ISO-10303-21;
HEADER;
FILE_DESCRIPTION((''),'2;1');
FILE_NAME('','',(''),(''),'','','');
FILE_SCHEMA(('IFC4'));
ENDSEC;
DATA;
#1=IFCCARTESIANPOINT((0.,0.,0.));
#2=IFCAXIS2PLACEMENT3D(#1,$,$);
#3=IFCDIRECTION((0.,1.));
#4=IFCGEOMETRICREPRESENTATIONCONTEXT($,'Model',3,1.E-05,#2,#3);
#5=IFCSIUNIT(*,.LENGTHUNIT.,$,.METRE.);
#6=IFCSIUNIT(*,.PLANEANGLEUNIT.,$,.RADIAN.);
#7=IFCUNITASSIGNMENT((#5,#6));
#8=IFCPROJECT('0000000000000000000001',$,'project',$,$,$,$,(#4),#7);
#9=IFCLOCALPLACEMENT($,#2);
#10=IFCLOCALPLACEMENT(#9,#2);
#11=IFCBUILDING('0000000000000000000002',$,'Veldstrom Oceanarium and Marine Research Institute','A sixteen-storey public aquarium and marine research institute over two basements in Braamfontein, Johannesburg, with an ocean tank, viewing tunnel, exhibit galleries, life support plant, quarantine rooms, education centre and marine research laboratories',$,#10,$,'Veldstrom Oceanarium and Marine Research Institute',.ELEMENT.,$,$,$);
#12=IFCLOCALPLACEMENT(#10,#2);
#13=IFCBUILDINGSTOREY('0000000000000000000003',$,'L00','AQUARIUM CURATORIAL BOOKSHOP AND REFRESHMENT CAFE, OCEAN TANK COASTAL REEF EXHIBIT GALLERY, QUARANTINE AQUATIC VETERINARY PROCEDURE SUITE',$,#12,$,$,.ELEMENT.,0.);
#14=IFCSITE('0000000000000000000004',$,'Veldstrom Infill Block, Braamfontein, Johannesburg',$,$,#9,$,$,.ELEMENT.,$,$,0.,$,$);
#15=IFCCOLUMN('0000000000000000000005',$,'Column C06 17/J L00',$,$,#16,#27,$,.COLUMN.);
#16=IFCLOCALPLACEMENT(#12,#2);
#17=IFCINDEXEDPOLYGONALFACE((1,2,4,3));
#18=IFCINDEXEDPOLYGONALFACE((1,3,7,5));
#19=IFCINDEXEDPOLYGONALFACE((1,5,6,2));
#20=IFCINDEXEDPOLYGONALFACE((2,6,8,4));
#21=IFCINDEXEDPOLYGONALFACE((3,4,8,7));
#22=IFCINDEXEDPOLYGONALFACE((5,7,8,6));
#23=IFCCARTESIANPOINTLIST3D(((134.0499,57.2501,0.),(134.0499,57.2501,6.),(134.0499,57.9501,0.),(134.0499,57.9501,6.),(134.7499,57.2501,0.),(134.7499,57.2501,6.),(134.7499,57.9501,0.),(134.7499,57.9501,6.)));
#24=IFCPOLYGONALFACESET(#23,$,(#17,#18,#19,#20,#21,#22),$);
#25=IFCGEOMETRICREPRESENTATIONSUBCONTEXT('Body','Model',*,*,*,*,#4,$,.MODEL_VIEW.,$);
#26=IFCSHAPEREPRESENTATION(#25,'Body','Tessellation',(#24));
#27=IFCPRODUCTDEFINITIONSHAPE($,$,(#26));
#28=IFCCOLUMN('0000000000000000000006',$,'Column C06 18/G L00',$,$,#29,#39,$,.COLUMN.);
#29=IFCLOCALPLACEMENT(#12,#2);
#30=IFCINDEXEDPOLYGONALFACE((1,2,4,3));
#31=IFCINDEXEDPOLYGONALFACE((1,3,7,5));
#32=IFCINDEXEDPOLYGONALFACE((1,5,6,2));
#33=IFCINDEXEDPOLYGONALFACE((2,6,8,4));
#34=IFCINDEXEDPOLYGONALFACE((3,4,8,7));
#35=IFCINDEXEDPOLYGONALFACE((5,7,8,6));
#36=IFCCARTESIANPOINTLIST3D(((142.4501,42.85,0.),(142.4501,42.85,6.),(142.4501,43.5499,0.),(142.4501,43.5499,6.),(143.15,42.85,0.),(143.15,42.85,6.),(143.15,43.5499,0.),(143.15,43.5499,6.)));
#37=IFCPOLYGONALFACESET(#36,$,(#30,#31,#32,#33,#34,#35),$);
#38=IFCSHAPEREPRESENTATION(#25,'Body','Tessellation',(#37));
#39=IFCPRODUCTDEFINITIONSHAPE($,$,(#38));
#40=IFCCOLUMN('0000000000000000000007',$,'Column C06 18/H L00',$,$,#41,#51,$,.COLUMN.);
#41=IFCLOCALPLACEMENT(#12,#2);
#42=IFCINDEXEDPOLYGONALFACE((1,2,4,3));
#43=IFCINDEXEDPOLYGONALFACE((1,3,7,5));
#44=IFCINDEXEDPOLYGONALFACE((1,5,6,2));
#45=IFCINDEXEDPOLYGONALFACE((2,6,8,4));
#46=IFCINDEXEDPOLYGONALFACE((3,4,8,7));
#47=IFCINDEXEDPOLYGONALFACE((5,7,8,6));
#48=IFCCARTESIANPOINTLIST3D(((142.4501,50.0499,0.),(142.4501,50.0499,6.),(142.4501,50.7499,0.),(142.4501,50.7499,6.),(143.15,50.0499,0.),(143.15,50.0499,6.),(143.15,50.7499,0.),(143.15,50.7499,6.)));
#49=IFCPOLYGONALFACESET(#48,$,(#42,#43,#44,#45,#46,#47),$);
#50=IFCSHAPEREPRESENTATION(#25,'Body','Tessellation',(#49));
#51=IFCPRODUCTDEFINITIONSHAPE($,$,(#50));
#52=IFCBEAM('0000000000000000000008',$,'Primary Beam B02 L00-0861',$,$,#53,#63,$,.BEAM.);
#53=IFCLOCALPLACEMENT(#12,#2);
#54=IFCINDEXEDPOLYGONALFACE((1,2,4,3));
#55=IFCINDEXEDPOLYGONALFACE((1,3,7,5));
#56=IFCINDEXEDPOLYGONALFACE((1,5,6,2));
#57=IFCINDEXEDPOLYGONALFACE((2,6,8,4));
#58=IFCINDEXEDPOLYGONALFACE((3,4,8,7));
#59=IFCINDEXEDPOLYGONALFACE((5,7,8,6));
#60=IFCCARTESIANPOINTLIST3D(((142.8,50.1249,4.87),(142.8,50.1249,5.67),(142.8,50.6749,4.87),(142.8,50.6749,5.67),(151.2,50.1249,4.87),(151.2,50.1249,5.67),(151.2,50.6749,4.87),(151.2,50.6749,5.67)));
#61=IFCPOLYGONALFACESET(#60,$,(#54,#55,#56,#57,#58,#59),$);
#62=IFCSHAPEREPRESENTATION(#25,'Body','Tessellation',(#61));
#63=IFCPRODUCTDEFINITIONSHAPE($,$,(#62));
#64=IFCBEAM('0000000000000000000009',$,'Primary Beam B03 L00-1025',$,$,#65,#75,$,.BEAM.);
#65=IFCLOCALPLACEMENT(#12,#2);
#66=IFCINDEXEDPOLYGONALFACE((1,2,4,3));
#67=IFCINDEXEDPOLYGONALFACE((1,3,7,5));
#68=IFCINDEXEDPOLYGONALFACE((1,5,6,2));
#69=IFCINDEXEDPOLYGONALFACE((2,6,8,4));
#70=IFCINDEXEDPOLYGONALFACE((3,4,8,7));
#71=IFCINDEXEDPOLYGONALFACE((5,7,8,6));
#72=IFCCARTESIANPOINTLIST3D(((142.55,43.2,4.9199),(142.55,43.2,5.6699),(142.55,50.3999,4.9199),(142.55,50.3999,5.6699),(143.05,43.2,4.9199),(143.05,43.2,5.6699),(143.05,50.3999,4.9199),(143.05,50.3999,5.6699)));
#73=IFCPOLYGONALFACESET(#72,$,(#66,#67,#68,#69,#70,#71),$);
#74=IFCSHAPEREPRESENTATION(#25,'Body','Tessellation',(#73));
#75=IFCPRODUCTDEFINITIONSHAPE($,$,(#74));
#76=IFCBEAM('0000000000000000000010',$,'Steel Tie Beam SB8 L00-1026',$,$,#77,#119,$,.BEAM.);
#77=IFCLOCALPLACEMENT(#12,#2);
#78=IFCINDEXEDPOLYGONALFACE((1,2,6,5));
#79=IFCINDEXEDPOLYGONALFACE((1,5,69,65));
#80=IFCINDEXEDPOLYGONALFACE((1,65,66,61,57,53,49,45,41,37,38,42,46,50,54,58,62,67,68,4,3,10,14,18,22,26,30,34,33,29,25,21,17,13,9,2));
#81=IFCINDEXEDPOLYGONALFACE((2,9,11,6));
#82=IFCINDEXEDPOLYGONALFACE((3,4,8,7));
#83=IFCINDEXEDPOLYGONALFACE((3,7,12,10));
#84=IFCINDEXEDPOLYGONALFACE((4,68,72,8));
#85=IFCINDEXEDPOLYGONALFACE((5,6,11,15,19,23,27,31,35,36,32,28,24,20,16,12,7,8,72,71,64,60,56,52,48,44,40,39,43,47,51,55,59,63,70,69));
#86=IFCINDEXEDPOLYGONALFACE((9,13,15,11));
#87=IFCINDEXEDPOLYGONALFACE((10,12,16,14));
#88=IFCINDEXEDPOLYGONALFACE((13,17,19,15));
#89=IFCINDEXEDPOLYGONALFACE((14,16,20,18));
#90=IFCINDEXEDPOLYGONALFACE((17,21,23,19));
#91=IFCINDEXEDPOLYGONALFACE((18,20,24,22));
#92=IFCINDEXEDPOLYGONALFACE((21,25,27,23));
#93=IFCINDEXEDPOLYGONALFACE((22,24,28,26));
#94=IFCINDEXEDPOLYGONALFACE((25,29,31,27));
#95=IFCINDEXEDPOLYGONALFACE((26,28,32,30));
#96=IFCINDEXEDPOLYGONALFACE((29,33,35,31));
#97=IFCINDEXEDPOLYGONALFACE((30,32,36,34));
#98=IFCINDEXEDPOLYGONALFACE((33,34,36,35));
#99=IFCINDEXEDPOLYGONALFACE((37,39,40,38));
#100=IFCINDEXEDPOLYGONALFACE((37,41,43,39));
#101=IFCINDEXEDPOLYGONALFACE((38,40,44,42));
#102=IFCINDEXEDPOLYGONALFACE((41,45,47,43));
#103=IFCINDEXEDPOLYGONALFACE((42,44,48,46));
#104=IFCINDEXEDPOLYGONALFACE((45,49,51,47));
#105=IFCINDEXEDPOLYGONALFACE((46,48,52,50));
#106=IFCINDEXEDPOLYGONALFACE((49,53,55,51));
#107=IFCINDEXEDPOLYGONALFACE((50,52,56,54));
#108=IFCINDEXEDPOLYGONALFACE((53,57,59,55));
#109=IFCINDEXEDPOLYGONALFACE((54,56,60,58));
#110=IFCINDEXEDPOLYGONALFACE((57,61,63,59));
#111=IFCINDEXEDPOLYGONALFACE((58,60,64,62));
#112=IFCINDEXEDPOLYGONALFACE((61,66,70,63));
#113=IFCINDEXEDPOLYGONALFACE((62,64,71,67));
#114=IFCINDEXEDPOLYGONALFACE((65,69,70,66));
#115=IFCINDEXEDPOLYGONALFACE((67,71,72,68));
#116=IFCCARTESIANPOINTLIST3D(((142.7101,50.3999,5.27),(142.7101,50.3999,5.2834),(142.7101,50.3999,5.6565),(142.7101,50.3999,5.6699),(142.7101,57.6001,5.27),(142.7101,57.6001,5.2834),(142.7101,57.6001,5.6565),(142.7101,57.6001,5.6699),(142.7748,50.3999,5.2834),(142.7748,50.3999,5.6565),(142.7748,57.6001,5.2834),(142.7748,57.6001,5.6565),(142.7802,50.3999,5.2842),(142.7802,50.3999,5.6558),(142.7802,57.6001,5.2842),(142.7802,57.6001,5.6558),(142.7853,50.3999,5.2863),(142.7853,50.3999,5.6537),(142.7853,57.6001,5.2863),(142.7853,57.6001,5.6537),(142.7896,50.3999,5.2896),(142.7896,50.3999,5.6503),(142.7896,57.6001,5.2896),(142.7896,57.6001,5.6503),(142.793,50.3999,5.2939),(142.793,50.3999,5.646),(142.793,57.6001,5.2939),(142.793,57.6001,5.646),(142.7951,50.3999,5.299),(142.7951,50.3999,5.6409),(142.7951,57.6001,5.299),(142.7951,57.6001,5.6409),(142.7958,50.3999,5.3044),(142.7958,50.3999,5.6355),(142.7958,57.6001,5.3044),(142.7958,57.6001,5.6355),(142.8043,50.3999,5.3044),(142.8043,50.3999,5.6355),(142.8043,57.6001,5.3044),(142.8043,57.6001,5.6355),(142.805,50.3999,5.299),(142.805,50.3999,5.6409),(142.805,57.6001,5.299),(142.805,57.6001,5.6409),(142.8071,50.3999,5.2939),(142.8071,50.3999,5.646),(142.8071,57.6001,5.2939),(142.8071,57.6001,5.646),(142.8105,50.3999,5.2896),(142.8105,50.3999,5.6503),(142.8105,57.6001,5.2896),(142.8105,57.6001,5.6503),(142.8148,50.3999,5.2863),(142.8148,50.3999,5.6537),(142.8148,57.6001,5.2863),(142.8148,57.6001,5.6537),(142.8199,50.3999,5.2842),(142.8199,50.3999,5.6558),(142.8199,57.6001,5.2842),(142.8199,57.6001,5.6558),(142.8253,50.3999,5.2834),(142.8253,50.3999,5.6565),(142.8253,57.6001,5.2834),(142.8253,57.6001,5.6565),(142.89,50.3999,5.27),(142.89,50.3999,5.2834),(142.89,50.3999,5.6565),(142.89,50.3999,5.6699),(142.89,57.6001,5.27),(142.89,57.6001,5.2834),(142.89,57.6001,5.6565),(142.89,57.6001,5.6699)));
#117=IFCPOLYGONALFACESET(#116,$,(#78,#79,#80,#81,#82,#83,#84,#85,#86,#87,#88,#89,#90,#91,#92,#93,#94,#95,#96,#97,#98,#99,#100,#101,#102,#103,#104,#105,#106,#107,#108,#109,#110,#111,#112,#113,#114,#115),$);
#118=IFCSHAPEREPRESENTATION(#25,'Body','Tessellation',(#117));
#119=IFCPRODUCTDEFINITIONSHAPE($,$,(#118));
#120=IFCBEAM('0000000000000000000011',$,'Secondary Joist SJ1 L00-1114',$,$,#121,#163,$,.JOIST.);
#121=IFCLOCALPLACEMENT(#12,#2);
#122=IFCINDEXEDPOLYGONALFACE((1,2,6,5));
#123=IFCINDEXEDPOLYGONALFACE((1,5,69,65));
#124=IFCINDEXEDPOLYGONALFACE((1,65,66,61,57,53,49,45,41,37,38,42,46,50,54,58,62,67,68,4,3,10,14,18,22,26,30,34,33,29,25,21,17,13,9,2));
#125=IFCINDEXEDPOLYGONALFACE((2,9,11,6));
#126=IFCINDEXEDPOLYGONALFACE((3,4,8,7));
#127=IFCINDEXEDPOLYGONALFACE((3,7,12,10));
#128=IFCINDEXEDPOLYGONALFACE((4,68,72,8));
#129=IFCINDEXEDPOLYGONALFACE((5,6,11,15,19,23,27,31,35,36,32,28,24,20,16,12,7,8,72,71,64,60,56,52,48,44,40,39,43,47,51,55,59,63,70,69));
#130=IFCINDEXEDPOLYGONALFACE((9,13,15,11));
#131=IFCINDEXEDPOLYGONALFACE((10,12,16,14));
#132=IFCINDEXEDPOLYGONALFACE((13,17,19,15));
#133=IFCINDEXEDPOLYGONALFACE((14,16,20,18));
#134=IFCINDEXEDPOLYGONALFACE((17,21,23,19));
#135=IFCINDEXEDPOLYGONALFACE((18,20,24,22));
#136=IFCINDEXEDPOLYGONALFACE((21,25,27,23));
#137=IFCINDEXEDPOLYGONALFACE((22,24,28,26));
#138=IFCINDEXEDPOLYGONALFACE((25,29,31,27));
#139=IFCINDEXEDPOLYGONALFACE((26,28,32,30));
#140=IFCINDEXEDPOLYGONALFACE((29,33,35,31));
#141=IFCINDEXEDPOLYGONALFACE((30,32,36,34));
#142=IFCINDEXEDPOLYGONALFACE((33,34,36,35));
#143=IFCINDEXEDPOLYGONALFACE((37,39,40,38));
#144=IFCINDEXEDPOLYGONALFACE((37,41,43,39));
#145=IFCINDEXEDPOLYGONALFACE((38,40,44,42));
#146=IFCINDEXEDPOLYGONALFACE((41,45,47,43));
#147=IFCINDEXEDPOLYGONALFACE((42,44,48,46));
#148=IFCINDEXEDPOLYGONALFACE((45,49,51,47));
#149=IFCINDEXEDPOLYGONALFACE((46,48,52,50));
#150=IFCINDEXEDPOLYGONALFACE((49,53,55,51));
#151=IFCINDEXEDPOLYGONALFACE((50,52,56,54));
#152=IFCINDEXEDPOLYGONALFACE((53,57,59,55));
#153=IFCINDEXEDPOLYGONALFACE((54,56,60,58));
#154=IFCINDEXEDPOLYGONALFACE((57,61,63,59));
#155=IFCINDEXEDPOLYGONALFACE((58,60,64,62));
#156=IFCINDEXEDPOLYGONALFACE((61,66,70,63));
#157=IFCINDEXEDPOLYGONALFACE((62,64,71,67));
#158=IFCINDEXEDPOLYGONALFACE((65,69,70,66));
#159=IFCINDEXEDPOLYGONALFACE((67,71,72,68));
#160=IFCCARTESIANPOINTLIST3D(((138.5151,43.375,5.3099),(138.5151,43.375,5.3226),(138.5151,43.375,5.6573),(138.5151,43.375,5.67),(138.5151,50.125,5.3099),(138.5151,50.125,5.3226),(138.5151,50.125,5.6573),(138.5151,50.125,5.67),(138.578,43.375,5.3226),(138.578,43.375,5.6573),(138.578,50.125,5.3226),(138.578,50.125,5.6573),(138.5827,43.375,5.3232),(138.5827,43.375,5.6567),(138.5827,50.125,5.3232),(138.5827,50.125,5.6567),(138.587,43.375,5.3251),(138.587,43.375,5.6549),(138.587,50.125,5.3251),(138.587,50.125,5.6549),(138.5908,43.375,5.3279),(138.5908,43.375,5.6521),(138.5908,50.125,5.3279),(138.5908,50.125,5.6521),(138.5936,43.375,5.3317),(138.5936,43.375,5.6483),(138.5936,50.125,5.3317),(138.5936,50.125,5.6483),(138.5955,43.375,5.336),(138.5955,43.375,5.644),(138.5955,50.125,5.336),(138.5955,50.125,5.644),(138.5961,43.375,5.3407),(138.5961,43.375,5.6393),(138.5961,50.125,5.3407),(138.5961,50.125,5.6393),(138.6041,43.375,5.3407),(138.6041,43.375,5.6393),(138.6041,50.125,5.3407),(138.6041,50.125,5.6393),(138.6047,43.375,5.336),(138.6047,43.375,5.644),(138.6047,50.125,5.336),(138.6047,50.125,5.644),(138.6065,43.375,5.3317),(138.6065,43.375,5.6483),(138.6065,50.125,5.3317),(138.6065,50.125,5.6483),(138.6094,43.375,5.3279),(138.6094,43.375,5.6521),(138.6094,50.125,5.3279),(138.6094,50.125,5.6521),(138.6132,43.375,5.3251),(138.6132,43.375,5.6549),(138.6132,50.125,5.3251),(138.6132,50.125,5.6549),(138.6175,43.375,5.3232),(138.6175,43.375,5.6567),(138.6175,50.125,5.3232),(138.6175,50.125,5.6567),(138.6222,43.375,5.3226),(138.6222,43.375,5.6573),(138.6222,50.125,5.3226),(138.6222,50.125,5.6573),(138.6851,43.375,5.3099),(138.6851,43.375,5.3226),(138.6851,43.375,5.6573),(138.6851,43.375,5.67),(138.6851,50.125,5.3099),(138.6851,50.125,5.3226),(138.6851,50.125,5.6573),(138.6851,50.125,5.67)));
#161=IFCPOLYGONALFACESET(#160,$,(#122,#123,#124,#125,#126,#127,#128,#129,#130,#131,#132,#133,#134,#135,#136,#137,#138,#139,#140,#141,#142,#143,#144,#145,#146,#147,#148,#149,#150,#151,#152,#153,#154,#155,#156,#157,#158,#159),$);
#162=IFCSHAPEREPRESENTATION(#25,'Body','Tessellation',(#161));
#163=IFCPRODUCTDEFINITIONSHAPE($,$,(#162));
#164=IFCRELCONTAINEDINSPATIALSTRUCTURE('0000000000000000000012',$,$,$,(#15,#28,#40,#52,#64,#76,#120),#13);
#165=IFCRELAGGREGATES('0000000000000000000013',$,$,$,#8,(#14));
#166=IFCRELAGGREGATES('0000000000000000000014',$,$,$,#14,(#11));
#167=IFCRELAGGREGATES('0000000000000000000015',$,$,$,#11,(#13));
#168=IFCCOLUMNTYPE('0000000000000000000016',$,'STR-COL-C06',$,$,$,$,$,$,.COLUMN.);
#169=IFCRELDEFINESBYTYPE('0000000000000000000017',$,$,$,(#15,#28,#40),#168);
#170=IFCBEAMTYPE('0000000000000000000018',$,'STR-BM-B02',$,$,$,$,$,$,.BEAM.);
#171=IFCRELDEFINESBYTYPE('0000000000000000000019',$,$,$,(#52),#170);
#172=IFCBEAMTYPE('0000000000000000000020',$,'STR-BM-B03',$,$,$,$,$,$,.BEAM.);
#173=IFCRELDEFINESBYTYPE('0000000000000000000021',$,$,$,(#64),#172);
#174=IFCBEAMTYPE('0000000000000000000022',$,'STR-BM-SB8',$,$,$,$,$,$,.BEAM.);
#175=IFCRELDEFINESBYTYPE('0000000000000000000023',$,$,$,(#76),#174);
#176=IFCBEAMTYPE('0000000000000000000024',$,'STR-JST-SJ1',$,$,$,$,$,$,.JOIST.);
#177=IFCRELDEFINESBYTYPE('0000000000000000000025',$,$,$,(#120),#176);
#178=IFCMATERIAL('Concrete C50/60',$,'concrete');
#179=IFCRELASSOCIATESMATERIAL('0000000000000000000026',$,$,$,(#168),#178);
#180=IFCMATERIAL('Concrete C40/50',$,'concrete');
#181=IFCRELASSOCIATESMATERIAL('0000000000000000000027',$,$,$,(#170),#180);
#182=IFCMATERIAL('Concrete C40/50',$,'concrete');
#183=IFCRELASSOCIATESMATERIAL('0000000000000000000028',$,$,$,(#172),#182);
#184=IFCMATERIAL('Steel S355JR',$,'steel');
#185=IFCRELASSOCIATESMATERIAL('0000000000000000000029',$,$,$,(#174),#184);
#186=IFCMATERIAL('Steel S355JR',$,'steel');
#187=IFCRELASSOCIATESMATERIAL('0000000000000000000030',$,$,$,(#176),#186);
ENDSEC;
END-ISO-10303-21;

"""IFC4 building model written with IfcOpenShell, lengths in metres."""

from ifc_helpers import new_model, si_unit, direction, frame, origin, origin_2d, place, context, subcontext, project, spatial, rectangle, i_section, extrude, material, material_profile, profile_set, type_object, element, save


model = new_model("IFC4")

# Units and contexts
model_context = context("Model", 3, precision=1e-05, world=origin(), true_north=direction((0.0, 1.0)))
body_context = subcontext(model_context, "Body", "Model", "MODEL_VIEW")
ifc_project = project(units=[si_unit("LENGTHUNIT", "METRE"), si_unit("PLANEANGLEUNIT", "RADIAN")], contexts=[model_context])

# Site, building, storey
site_placement = place(None, origin())
site = spatial("IfcSite", under=ifc_project, at=site_placement, Name="Veldstrom Infill Block, Braamfontein, Johannesburg", CompositionType="ELEMENT", RefElevation=0.0)
building_placement = place(site_placement, origin())
building = spatial("IfcBuilding", under=site, at=building_placement, Name="Veldstrom Oceanarium and Marine Research Institute", Description="A sixteen-storey public aquarium and marine research institute over two basements in Braamfontein, Johannesburg, with an ocean tank, viewing tunnel, exhibit galleries, life support plant, quarantine rooms, education centre and marine research laboratories", LongName="Veldstrom Oceanarium and Marine Research Institute", CompositionType="ELEMENT")
storey_placement = place(building_placement, origin())
storey = spatial("IfcBuildingStorey", under=building, at=storey_placement, Name="L00", Description="AQUARIUM CURATORIAL BOOKSHOP AND REFRESHMENT CAFE, OCEAN TANK COASTAL REEF EXHIBIT GALLERY, QUARANTINE AQUATIC VETERINARY PROCEDURE SUITE", CompositionType="ELEMENT", Elevation=0.0)

# Columns
ifc_material_1 = material(Name="Concrete C50/60", Category="concrete")
ifc_material_profile_1 = material_profile(ifc_material_1, rectangle(XDim=0.7, YDim=0.7, at=origin_2d()), Name="RC-COL-700x700")
ifc_profile_set_1 = profile_set([ifc_material_profile_1], Name="Concrete C50/60")
column_type = type_object("IfcColumnType", Name="STR-COL-C06", PredefinedType="COLUMN", material=ifc_profile_set_1)
for number, where, z_axis, x_axis, name in (
    (1, (134.3999, 57.6001, 0.0), (0.0, 0.0, 1.0), (1.0, 0.0, 0.0), "Column C06 17/J L00"),
    (2, (142.8, 43.2, 0.0), (0.0, 0.0, 1.0), (1.0, 0.0, 0.0), "Column C06 18/G L00"),
    (3, (142.8, 50.3999, 0.0), (0.0, 0.0, 1.0), (1.0, 0.0, 0.0), "Column C06 18/H L00"),
):
    element("IfcColumn", number, at=place(storey_placement, frame(where, z_axis=z_axis, x_axis=x_axis)), inside=storey, type_object=column_type, Name=name, PredefinedType="COLUMN", context=body_context, shape_type="SweptSolid", body=[
        extrude(rectangle(XDim=0.7, YDim=0.7, at=origin_2d()), origin(), (0.0, 0.0, 1.0), 6.0),
    ])

# Beams
ifc_material_2 = material(Name="Concrete C40/50", Category="concrete")
ifc_material_profile_2 = material_profile(ifc_material_2, rectangle(XDim=0.55, YDim=0.8, at=origin_2d()), Name="RC-BM-550x800")
ifc_profile_set_2 = profile_set([ifc_material_profile_2], Name="Concrete C40/50")
beam_type_1 = type_object("IfcBeamType", Name="STR-BM-B02", PredefinedType="BEAM", material=ifc_profile_set_2)
beam_1_placement = place(storey_placement, frame((142.8, 50.3999, 5.27), z_axis=(1.0, 0.0, 0.0), x_axis=(0.0, 1.0, 0.0)))
element("IfcBeam", 4, at=beam_1_placement, inside=storey, type_object=beam_type_1, Name="Primary Beam B02 L00-0861", PredefinedType="BEAM", context=body_context, shape_type="SweptSolid", body=[
    extrude(rectangle(XDim=0.55, YDim=0.8, at=origin_2d()), origin(), (0.0, 0.0, 1.0), 8.3999),
])
ifc_material_3 = material(Name="Concrete C40/50", Category="concrete")
ifc_material_profile_3 = material_profile(ifc_material_3, rectangle(XDim=0.5, YDim=0.75, at=origin_2d()), Name="RC-BM-500x750")
ifc_profile_set_3 = profile_set([ifc_material_profile_3], Name="Concrete C40/50")
beam_type_2 = type_object("IfcBeamType", Name="STR-BM-B03", PredefinedType="BEAM", material=ifc_profile_set_3)
beam_2_placement = place(storey_placement, frame((142.8, 43.2, 5.2949), z_axis=(0.0, 1.0, 0.0), x_axis=(-1.0, 0.0, 0.0)))
element("IfcBeam", 5, at=beam_2_placement, inside=storey, type_object=beam_type_2, Name="Primary Beam B03 L00-1025", PredefinedType="BEAM", context=body_context, shape_type="SweptSolid", body=[
    extrude(rectangle(XDim=0.5, YDim=0.75, at=origin_2d()), origin(), (0.0, 0.0, 1.0), 7.2),
])
ifc_material_4 = material(Name="Steel S355JR", Category="steel")
ifc_material_profile_4 = material_profile(ifc_material_4, i_section(OverallWidth=0.1799, OverallDepth=0.3999, WebThickness=0.0085, FlangeThickness=0.0134, FilletRadius=0.021, at=origin_2d()), Name="IPE 400")
ifc_profile_set_4 = profile_set([ifc_material_profile_4], Name="Steel S355JR")
beam_type_3 = type_object("IfcBeamType", Name="STR-BM-SB8", PredefinedType="BEAM", material=ifc_profile_set_4)
beam_3_placement = place(storey_placement, frame((142.8, 50.3999, 5.47), z_axis=(0.0, 1.0, 0.0), x_axis=(-1.0, 0.0, 0.0)))
element("IfcBeam", 6, at=beam_3_placement, inside=storey, type_object=beam_type_3, Name="Steel Tie Beam SB8 L00-1026", PredefinedType="BEAM", context=body_context, shape_type="SweptSolid", body=[
    extrude(i_section(OverallWidth=0.1799, OverallDepth=0.3999, WebThickness=0.0085, FlangeThickness=0.0134, FilletRadius=0.021, at=origin_2d()), origin(), (0.0, 0.0, 1.0), 7.2002),
])
ifc_material_5 = material(Name="Steel S355JR", Category="steel")
ifc_material_profile_5 = material_profile(ifc_material_5, i_section(OverallWidth=0.1699, OverallDepth=0.3601, WebThickness=0.0081, FlangeThickness=0.0127, FilletRadius=0.0181, at=origin_2d()), Name="IPE 360")
ifc_profile_set_5 = profile_set([ifc_material_profile_5], Name="Steel S355JR")
beam_type_4 = type_object("IfcBeamType", Name="STR-JST-SJ1", PredefinedType="JOIST", material=ifc_profile_set_5)
beam_4_placement = place(storey_placement, frame((138.6001, 43.375, 5.49), z_axis=(0.0, 1.0, 0.0), x_axis=(-1.0, 0.0, 0.0)))
element("IfcBeam", 7, at=beam_4_placement, inside=storey, type_object=beam_type_4, Name="Secondary Joist SJ1 L00-1114", PredefinedType="JOIST", context=body_context, shape_type="SweptSolid", body=[
    extrude(i_section(OverallWidth=0.1699, OverallDepth=0.3601, WebThickness=0.0081, FlangeThickness=0.0127, FilletRadius=0.0181, at=origin_2d()), origin(), (0.0, 0.0, 1.0), 6.75),
])

save(model, "model.ifc")
